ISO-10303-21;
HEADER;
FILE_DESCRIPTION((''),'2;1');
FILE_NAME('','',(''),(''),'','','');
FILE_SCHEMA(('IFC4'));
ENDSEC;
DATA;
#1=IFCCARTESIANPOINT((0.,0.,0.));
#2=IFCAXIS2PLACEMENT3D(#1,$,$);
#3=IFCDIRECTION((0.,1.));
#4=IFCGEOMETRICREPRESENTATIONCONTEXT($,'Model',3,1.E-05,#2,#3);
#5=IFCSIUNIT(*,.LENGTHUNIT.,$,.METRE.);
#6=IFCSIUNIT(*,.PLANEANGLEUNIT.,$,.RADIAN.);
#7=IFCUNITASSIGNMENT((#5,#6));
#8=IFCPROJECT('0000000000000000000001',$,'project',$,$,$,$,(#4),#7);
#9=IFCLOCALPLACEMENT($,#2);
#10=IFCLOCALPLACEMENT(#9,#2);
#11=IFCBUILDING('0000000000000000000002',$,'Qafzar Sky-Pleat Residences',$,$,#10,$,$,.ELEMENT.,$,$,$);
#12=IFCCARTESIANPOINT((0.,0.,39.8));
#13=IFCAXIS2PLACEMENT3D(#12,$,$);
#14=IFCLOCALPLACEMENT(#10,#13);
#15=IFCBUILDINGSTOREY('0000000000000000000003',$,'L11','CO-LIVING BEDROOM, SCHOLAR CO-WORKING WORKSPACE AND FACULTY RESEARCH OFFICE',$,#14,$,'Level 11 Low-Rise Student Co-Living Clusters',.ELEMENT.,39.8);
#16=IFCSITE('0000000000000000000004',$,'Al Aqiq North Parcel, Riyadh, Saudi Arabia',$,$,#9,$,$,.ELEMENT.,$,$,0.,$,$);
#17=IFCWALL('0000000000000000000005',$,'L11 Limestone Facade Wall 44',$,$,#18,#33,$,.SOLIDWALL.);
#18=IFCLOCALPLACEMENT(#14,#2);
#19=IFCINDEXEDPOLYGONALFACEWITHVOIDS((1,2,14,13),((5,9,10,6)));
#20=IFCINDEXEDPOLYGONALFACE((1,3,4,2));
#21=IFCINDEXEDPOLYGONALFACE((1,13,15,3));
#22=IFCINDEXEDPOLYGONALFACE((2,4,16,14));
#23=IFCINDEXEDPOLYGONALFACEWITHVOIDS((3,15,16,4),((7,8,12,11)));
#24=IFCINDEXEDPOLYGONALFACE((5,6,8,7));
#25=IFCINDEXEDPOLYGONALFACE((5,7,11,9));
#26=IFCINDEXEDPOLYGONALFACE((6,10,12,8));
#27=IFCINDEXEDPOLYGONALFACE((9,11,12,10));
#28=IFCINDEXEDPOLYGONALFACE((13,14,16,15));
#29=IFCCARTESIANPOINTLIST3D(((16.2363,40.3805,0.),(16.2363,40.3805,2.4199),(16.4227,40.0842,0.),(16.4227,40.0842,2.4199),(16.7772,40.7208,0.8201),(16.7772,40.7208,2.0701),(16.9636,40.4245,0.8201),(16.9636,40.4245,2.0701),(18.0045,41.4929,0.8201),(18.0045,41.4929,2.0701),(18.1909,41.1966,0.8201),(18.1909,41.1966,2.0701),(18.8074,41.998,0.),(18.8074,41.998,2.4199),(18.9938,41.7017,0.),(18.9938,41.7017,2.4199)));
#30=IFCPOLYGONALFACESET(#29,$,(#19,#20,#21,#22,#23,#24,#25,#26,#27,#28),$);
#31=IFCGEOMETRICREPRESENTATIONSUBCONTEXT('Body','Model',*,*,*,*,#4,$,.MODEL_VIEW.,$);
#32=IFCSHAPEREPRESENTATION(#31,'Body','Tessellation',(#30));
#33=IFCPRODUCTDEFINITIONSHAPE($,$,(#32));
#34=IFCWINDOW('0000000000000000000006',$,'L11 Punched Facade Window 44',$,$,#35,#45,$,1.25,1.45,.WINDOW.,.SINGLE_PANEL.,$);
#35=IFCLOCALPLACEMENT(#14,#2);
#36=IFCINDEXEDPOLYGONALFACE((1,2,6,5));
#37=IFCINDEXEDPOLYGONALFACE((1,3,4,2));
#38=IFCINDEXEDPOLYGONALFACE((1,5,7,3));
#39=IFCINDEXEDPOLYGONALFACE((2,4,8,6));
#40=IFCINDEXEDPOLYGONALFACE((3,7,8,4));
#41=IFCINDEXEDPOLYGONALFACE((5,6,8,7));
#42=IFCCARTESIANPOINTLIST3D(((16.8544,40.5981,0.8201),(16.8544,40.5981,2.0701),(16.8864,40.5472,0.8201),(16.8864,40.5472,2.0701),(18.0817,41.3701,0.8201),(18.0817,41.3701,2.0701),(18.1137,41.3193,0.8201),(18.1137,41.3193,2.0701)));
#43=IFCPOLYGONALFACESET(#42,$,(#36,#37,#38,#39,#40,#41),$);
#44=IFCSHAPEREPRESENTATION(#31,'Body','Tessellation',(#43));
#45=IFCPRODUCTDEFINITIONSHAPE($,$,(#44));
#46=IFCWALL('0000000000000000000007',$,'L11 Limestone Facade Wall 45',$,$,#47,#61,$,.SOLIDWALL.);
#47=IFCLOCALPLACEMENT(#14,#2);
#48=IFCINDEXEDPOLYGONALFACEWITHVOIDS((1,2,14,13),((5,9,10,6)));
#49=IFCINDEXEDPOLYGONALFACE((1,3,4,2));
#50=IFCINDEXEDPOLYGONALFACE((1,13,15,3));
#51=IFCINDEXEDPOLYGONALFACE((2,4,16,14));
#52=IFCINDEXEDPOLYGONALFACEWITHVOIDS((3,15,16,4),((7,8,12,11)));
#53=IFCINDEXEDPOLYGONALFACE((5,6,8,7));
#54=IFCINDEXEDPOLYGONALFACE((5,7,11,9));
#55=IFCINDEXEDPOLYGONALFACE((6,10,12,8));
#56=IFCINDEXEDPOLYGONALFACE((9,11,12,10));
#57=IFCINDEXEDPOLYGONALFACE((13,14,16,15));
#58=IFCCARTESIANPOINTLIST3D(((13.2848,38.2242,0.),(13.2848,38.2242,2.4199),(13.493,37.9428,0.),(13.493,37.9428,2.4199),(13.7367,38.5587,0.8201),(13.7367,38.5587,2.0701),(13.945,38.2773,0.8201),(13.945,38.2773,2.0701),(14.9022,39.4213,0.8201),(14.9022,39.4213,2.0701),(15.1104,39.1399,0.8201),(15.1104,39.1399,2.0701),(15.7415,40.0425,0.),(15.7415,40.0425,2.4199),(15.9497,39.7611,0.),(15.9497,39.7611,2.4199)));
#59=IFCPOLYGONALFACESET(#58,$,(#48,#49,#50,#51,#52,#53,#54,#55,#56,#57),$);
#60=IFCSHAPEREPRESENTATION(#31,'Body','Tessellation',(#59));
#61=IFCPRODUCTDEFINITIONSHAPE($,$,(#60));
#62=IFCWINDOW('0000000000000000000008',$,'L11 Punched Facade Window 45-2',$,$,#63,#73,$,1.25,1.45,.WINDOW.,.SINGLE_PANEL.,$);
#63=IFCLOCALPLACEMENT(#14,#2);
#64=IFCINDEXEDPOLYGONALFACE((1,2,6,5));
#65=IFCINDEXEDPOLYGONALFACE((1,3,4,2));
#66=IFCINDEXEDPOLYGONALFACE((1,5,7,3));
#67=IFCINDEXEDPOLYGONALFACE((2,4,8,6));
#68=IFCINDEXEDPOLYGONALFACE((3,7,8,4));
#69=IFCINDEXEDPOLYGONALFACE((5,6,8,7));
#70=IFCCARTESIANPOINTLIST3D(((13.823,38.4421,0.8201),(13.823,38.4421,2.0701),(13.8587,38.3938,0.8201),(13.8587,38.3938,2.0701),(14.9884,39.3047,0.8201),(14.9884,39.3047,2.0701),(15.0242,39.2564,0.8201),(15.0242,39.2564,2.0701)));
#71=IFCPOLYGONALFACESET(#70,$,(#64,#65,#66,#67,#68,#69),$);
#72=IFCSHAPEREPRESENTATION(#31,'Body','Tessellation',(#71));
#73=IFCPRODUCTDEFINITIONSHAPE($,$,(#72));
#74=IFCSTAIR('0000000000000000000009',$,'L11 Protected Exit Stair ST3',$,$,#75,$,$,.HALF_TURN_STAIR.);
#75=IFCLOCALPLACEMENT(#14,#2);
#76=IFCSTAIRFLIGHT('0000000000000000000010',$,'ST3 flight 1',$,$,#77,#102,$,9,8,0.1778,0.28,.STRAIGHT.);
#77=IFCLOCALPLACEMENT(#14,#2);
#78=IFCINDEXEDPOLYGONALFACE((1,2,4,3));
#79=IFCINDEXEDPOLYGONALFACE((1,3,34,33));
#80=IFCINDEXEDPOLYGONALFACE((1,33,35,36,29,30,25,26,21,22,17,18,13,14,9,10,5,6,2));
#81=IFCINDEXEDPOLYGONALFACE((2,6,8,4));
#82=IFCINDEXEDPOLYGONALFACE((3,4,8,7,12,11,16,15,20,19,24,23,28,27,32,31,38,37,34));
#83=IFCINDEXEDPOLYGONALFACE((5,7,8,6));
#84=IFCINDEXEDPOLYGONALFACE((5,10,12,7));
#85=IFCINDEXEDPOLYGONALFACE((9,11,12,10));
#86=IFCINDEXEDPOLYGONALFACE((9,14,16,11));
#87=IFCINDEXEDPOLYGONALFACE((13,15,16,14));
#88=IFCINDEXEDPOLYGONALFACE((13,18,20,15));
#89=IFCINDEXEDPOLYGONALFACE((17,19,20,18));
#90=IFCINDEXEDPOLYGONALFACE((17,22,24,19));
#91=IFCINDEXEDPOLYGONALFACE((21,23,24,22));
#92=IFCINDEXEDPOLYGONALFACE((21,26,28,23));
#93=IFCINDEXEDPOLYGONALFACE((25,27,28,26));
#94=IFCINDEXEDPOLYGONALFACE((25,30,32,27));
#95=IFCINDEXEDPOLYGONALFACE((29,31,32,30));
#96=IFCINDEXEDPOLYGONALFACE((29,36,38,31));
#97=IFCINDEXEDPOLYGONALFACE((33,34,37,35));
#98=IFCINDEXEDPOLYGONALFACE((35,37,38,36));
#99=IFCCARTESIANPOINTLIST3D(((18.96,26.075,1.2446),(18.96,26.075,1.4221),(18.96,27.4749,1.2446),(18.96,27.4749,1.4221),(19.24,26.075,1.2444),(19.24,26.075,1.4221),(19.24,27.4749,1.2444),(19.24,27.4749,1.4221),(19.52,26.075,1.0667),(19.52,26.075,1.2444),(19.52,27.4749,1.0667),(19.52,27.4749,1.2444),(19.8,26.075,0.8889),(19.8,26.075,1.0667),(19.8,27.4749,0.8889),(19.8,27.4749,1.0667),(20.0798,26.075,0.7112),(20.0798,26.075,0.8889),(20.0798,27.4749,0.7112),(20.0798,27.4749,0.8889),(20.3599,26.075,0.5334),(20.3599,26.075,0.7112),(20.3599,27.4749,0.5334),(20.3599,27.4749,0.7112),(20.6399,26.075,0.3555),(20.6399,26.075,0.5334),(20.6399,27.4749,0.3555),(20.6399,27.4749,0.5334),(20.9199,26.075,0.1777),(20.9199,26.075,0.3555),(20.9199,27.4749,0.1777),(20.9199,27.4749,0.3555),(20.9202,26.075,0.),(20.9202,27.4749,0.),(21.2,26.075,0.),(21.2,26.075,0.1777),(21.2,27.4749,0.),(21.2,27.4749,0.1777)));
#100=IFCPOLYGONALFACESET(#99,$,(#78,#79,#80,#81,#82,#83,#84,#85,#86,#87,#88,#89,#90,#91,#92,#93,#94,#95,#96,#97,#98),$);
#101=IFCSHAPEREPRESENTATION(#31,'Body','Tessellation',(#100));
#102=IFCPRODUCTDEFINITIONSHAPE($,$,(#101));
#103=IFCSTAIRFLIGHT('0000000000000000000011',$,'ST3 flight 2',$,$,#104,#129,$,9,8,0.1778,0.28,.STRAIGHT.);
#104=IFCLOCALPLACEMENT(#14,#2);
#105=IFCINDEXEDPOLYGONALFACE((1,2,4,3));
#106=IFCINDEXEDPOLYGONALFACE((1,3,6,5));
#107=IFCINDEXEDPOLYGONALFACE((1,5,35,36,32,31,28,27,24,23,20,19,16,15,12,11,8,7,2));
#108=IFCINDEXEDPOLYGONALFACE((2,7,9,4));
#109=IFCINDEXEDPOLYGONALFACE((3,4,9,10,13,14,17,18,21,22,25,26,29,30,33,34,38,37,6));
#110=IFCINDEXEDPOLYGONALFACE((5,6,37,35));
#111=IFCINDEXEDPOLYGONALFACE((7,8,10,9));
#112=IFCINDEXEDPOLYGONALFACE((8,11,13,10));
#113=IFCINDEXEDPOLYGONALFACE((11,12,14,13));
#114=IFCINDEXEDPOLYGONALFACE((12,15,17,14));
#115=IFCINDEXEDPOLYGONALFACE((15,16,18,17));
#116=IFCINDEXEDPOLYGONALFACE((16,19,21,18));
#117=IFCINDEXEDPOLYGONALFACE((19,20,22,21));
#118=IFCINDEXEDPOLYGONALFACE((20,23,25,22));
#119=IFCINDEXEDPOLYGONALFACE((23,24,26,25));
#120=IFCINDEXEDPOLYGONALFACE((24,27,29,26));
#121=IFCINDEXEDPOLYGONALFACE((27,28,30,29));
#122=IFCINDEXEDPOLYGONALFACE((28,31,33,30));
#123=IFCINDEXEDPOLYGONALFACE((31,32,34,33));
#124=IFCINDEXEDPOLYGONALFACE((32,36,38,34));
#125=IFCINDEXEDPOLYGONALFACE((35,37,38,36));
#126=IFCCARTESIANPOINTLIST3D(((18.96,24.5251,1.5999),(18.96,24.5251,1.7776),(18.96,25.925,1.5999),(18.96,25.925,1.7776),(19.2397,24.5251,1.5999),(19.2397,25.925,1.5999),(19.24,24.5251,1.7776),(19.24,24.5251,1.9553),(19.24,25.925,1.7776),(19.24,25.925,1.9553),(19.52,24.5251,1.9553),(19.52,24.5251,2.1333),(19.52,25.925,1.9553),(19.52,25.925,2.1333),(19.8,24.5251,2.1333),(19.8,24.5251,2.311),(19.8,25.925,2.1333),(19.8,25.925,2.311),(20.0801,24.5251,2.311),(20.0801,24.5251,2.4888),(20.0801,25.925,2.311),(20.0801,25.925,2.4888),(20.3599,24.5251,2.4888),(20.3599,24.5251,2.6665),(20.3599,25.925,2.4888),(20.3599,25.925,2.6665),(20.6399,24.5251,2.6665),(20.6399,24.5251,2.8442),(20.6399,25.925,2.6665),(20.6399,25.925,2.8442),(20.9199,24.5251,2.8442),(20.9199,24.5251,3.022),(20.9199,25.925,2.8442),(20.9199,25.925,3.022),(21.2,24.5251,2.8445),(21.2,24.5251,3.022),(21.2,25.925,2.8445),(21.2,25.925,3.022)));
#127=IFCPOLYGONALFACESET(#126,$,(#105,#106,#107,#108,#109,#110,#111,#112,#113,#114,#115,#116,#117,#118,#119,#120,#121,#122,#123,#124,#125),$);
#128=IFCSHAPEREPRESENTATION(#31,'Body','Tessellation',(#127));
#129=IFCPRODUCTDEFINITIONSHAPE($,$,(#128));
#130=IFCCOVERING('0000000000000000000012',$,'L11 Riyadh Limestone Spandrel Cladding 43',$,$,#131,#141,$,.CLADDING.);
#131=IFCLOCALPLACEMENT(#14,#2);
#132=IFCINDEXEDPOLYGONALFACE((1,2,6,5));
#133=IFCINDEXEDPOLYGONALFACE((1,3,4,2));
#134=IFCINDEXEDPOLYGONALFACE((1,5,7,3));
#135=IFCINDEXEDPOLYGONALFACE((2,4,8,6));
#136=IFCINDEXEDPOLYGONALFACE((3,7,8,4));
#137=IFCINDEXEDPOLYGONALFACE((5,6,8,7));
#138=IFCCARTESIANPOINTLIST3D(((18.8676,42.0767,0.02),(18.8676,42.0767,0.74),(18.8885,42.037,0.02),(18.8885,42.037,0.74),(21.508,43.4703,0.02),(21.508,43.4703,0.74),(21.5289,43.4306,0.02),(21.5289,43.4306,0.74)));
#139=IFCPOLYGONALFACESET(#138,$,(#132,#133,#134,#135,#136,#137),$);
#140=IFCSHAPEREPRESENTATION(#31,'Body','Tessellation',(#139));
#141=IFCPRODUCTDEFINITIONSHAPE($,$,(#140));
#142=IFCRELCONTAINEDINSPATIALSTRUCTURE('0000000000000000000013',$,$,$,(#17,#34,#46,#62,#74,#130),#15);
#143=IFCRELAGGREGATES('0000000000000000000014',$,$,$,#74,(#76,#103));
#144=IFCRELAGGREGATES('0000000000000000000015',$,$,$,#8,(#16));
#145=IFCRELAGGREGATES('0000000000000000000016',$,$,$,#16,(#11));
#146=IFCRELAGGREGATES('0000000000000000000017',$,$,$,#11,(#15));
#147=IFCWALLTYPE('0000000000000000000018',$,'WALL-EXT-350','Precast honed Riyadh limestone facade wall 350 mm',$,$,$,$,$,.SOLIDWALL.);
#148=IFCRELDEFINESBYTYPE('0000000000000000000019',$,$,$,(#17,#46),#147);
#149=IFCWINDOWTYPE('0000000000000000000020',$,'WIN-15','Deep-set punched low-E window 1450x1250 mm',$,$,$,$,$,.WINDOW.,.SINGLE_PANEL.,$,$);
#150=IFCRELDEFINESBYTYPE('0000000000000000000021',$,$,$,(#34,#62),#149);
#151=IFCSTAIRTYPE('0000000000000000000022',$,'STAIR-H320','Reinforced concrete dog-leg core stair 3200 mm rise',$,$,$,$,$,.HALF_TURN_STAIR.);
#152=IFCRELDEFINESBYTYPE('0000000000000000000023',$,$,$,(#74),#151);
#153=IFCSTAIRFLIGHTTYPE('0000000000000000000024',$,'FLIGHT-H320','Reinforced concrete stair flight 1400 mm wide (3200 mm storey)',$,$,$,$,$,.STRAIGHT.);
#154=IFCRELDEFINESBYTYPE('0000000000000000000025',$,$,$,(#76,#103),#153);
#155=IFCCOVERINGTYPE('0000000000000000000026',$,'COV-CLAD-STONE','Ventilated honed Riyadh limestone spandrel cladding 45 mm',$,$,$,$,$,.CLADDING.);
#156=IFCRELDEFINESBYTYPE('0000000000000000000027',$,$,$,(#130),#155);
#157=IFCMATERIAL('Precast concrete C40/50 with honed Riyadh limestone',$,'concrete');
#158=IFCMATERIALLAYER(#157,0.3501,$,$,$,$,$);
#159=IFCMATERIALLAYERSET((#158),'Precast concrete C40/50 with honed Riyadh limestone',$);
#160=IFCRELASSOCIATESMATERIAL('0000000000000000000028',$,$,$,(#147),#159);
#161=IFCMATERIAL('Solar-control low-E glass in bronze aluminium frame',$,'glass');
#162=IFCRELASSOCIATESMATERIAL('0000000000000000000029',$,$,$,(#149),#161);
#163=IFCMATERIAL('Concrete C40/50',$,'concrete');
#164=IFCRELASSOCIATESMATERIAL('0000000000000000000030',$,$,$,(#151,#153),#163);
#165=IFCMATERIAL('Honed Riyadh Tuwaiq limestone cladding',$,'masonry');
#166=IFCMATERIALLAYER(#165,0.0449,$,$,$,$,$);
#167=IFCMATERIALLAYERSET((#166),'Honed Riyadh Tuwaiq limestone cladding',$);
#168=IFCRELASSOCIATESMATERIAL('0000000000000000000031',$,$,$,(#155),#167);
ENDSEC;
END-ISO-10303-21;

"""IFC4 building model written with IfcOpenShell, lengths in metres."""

from ifc_helpers import new_model, si_unit, direction, frame, frame_2d, origin, origin_2d, place, context, subcontext, project, spatial, polyline, rectangle, outline, extrude, source, transform, mapped, material, layer, layer_set, type_object, element, fill, aggregate, save


model = new_model("IFC4")

# Units and contexts
model_context = context("Model", 3, precision=1e-05, world=origin(), true_north=direction((0.0, 1.0)))
body_context = subcontext(model_context, "Body", "Model", "MODEL_VIEW")
ifc_project = project(units=[si_unit("LENGTHUNIT", "METRE"), si_unit("PLANEANGLEUNIT", "RADIAN")], contexts=[model_context])

# Site, building, storey
site_placement = place(None, origin())
site = spatial("IfcSite", under=ifc_project, at=site_placement, Name="Al Aqiq North Parcel, Riyadh, Saudi Arabia", CompositionType="ELEMENT", RefElevation=0.0)
building_placement = place(site_placement, origin())
building = spatial("IfcBuilding", under=site, at=building_placement, Name="Qafzar Sky-Pleat Residences", CompositionType="ELEMENT")
storey_placement = place(building_placement, frame((0.0, 0.0, 39.8)))
storey = spatial("IfcBuildingStorey", under=building, at=storey_placement, Name="L11", Description="CO-LIVING BEDROOM, SCHOLAR CO-WORKING WORKSPACE AND FACULTY RESEARCH OFFICE", LongName="Level 11 Low-Rise Student Co-Living Clusters", CompositionType="ELEMENT", Elevation=39.8)

# Walls, openings, windows
ifc_material_1 = material(Name="Precast concrete C40/50 with honed Riyadh limestone", Category="concrete")
ifc_layer_1 = layer(ifc_material_1, 0.3501)
ifc_layer_set_1 = layer_set([ifc_layer_1], Name="Precast concrete C40/50 with honed Riyadh limestone")
wall_type_1 = type_object("IfcWallType", Name="WALL-EXT-350", Description="Precast honed Riyadh limestone facade wall 350 mm", PredefinedType="SOLIDWALL", material=ifc_layer_set_1)
wall_1_placement = place(storey_placement, frame((18.9006, 41.8499, 0.0), z_axis=(0.0, 0.0, 1.0), x_axis=(-0.846437, -0.532489, 0.0)))
wall_1 = element("IfcWall", 1, at=wall_1_placement, inside=storey, type_object=wall_type_1, Name="L11 Limestone Facade Wall 44", PredefinedType="SOLIDWALL", context=body_context, shape_type="SweptSolid", body=[
    extrude(rectangle(XDim=3.0376, YDim=0.3501, at=frame_2d((1.5188, 0.0))), origin(), (0.0, 0.0, 1.0), 2.4199),
])
opening_1_placement = place(wall_1_placement, frame((0.9485, 0.0, 0.8201)))
opening_1 = element("IfcOpeningElement", 2, at=opening_1_placement, cuts=wall_1, PredefinedType="OPENING", context=body_context, shape_type="SweptSolid", body=[
    extrude(rectangle(XDim=1.45, YDim=1.25, at=frame_2d((0.7251, 0.625))), frame((0.0, 0.1851, 0.0), z_axis=(0.0, -1.0, 0.0), x_axis=(1.0, 0.0, 0.0)), (0.0, 0.0, 1.0), 0.3701),
])
ifc_material_2 = material(Name="Solar-control low-E glass in bronze aluminium frame", Category="glass")
window_type = type_object("IfcWindowType", Name="WIN-15", Description="Deep-set punched low-E window 1450x1250 mm", PartitioningType="SINGLE_PANEL", PredefinedType="WINDOW", material=ifc_material_2)
shared_shape_1 = source(origin(), body_context, "Body", "SweptSolid", [
    extrude(rectangle(XDim=1.45, YDim=1.25, at=frame_2d((0.7251, 0.625))), frame((0.0, 0.03, 0.0), z_axis=(0.0, -1.0, 0.0), x_axis=(1.0, 0.0, 0.0)), (0.0, 0.0, 1.0), 0.0601),
])
window_1_placement = place(opening_1_placement, origin())
window_1 = element("IfcWindow", 3, at=window_1_placement, inside=storey, type_object=window_type, Name="L11 Punched Facade Window 44", OverallHeight=1.25, OverallWidth=1.45, PartitioningType="SINGLE_PANEL", PredefinedType="WINDOW", context=body_context, shape_type="MappedRepresentation", body=[
    mapped(shared_shape_1, transform((0.0, 0.0, 0.0), x_axis=(1.0, 0.0, 0.0), y_axis=(0.0, 1.0, 0.0), z_axis=(0.0, 0.0, 1.0), scale=1.0)),
])
fill(opening_1, window_1)
wall_2_placement = place(storey_placement, frame((15.8457, 39.9019, 0.0), z_axis=(0.0, 0.0, 1.0), x_axis=(-0.803789, -0.594914, 0.0)))
wall_2 = element("IfcWall", 4, at=wall_2_placement, inside=storey, type_object=wall_type_1, Name="L11 Limestone Facade Wall 45", PredefinedType="SOLIDWALL", context=body_context, shape_type="SweptSolid", body=[
    extrude(rectangle(XDim=3.0564, YDim=0.3501, at=frame_2d((1.5283, 0.0))), origin(), (0.0, 0.0, 1.0), 2.4199),
])
opening_2_placement = place(wall_2_placement, frame((1.0442, 0.0, 0.8201)))
opening_2 = element("IfcOpeningElement", 5, at=opening_2_placement, cuts=wall_2, PredefinedType="OPENING", context=body_context, shape_type="SweptSolid", body=[
    extrude(rectangle(XDim=1.45, YDim=1.25, at=frame_2d((0.7251, 0.625))), frame((0.0, 0.1851, 0.0), z_axis=(0.0, -1.0, 0.0), x_axis=(1.0, 0.0, 0.0)), (0.0, 0.0, 1.0), 0.3701),
])
window_2_placement = place(opening_2_placement, origin())
window_2 = element("IfcWindow", 6, at=window_2_placement, inside=storey, type_object=window_type, Name="L11 Punched Facade Window 45-2", OverallHeight=1.25, OverallWidth=1.45, PartitioningType="SINGLE_PANEL", PredefinedType="WINDOW", context=body_context, shape_type="MappedRepresentation", body=[
    mapped(shared_shape_1, transform((0.0, 0.0, 0.0), x_axis=(1.0, 0.0, 0.0), y_axis=(0.0, 1.0, 0.0), z_axis=(0.0, 0.0, 1.0), scale=1.0)),
])
fill(opening_2, window_2)

# Stair, stair flights
ifc_material_3 = material(Name="Concrete C40/50", Category="concrete")
stair_type = type_object("IfcStairType", Name="STAIR-H320", Description="Reinforced concrete dog-leg core stair 3200 mm rise", PredefinedType="HALF_TURN_STAIR", material=ifc_material_3)
stair_placement = place(storey_placement, origin())
stair = element("IfcStair", 7, at=stair_placement, inside=storey, type_object=stair_type, Name="L11 Protected Exit Stair ST3", PredefinedType="HALF_TURN_STAIR")
stair_flight_type = type_object("IfcStairFlightType", Name="FLIGHT-H320", Description="Reinforced concrete stair flight 1400 mm wide (3200 mm storey)", PredefinedType="STRAIGHT", material=ifc_material_3)
shared_shape_2 = source(origin(), body_context, "Body", "SweptSolid", [
    extrude(outline(polyline([(0.0, 0.0), (0.0, 0.1777), (0.28, 0.1777), (0.28, 0.3555), (0.5601, 0.3555), (0.5601, 0.5334), (0.8401, 0.5334), (0.8401, 0.7112), (1.1201, 0.7112), (1.1201, 0.8889), (1.3999, 0.8889), (1.3999, 1.0667), (1.6799, 1.0667), (1.6799, 1.2444), (1.96, 1.2444), (1.96, 1.4221), (2.24, 1.4221), (2.24, 1.6001), (2.24, 1.2446), (0.2798, 0.0), (0.0, 0.0)])), frame((0.0, 0.7, 0.0), z_axis=(0.0, -1.0, 0.0), x_axis=(1.0, 0.0, 0.0)), (0.0, 0.0, 1.0), 1.3999),
])
stair_flight_1_placement = place(storey_placement, frame((21.2, 26.7749, 0.0), z_axis=(0.0, 0.0, 1.0), x_axis=(-1.0, 0.0, 0.0)))
stair_flight_1 = element("IfcStairFlight", 8, at=stair_flight_1_placement, type_object=stair_flight_type, Name="ST3 flight 1", NumberOfRisers=9, NumberOfTreads=8, PredefinedType="STRAIGHT", RiserHeight=0.1778, TreadLength=0.28, context=body_context, shape_type="MappedRepresentation", body=[
    mapped(shared_shape_2, transform((0.0, 0.0, 0.0), x_axis=(1.0, 0.0, 0.0), y_axis=(0.0, 1.0, 0.0), z_axis=(0.0, 0.0, 1.0), scale=1.0)),
])
stair_flight_2_placement = place(storey_placement, frame((18.96, 25.2251, 1.5999), z_axis=(0.0, 0.0, 1.0), x_axis=(1.0, 0.0, 0.0)))
stair_flight_2 = element("IfcStairFlight", 9, at=stair_flight_2_placement, type_object=stair_flight_type, Name="ST3 flight 2", NumberOfRisers=9, NumberOfTreads=8, PredefinedType="STRAIGHT", RiserHeight=0.1778, TreadLength=0.28, context=body_context, shape_type="MappedRepresentation", body=[
    mapped(shared_shape_2, transform((0.0, 0.0, 0.0), x_axis=(1.0, 0.0, 0.0), y_axis=(0.0, 1.0, 0.0), z_axis=(0.0, 0.0, 1.0), scale=1.0)),
])
aggregate(stair, [stair_flight_1, stair_flight_2])

# Covering
ifc_material_4 = material(Name="Honed Riyadh Tuwaiq limestone cladding", Category="masonry")
ifc_layer_2 = layer(ifc_material_4, 0.0449)
ifc_layer_set_2 = layer_set([ifc_layer_2], Name="Honed Riyadh Tuwaiq limestone cladding")
covering_type = type_object("IfcCoveringType", Name="COV-CLAD-STONE", Description="Ventilated honed Riyadh limestone spandrel cladding 45 mm", PredefinedType="CLADDING", material=ifc_layer_set_2)
shared_shape_3 = source(origin(), body_context, "Body", "SweptSolid", [
    extrude(rectangle(XDim=2.9856, YDim=0.0449, at=origin_2d()), origin(), (0.0, 0.0, 1.0), 0.72),
])
covering_placement = place(storey_placement, frame((20.1982, 42.7537, 0.02), z_axis=(0.0, 0.0, 1.0), x_axis=(-0.884384, -0.46676, 0.0)))
element("IfcCovering", 10, at=covering_placement, inside=storey, type_object=covering_type, Name="L11 Riyadh Limestone Spandrel Cladding 43", PredefinedType="CLADDING", context=body_context, shape_type="MappedRepresentation", body=[
    mapped(shared_shape_3, transform((0.0, 0.0, 0.0), x_axis=(1.0, 0.0, 0.0), y_axis=(0.0, 1.0, 0.0), z_axis=(0.0, 0.0, 1.0), scale=1.0)),
])

save(model, "model.ifc")
